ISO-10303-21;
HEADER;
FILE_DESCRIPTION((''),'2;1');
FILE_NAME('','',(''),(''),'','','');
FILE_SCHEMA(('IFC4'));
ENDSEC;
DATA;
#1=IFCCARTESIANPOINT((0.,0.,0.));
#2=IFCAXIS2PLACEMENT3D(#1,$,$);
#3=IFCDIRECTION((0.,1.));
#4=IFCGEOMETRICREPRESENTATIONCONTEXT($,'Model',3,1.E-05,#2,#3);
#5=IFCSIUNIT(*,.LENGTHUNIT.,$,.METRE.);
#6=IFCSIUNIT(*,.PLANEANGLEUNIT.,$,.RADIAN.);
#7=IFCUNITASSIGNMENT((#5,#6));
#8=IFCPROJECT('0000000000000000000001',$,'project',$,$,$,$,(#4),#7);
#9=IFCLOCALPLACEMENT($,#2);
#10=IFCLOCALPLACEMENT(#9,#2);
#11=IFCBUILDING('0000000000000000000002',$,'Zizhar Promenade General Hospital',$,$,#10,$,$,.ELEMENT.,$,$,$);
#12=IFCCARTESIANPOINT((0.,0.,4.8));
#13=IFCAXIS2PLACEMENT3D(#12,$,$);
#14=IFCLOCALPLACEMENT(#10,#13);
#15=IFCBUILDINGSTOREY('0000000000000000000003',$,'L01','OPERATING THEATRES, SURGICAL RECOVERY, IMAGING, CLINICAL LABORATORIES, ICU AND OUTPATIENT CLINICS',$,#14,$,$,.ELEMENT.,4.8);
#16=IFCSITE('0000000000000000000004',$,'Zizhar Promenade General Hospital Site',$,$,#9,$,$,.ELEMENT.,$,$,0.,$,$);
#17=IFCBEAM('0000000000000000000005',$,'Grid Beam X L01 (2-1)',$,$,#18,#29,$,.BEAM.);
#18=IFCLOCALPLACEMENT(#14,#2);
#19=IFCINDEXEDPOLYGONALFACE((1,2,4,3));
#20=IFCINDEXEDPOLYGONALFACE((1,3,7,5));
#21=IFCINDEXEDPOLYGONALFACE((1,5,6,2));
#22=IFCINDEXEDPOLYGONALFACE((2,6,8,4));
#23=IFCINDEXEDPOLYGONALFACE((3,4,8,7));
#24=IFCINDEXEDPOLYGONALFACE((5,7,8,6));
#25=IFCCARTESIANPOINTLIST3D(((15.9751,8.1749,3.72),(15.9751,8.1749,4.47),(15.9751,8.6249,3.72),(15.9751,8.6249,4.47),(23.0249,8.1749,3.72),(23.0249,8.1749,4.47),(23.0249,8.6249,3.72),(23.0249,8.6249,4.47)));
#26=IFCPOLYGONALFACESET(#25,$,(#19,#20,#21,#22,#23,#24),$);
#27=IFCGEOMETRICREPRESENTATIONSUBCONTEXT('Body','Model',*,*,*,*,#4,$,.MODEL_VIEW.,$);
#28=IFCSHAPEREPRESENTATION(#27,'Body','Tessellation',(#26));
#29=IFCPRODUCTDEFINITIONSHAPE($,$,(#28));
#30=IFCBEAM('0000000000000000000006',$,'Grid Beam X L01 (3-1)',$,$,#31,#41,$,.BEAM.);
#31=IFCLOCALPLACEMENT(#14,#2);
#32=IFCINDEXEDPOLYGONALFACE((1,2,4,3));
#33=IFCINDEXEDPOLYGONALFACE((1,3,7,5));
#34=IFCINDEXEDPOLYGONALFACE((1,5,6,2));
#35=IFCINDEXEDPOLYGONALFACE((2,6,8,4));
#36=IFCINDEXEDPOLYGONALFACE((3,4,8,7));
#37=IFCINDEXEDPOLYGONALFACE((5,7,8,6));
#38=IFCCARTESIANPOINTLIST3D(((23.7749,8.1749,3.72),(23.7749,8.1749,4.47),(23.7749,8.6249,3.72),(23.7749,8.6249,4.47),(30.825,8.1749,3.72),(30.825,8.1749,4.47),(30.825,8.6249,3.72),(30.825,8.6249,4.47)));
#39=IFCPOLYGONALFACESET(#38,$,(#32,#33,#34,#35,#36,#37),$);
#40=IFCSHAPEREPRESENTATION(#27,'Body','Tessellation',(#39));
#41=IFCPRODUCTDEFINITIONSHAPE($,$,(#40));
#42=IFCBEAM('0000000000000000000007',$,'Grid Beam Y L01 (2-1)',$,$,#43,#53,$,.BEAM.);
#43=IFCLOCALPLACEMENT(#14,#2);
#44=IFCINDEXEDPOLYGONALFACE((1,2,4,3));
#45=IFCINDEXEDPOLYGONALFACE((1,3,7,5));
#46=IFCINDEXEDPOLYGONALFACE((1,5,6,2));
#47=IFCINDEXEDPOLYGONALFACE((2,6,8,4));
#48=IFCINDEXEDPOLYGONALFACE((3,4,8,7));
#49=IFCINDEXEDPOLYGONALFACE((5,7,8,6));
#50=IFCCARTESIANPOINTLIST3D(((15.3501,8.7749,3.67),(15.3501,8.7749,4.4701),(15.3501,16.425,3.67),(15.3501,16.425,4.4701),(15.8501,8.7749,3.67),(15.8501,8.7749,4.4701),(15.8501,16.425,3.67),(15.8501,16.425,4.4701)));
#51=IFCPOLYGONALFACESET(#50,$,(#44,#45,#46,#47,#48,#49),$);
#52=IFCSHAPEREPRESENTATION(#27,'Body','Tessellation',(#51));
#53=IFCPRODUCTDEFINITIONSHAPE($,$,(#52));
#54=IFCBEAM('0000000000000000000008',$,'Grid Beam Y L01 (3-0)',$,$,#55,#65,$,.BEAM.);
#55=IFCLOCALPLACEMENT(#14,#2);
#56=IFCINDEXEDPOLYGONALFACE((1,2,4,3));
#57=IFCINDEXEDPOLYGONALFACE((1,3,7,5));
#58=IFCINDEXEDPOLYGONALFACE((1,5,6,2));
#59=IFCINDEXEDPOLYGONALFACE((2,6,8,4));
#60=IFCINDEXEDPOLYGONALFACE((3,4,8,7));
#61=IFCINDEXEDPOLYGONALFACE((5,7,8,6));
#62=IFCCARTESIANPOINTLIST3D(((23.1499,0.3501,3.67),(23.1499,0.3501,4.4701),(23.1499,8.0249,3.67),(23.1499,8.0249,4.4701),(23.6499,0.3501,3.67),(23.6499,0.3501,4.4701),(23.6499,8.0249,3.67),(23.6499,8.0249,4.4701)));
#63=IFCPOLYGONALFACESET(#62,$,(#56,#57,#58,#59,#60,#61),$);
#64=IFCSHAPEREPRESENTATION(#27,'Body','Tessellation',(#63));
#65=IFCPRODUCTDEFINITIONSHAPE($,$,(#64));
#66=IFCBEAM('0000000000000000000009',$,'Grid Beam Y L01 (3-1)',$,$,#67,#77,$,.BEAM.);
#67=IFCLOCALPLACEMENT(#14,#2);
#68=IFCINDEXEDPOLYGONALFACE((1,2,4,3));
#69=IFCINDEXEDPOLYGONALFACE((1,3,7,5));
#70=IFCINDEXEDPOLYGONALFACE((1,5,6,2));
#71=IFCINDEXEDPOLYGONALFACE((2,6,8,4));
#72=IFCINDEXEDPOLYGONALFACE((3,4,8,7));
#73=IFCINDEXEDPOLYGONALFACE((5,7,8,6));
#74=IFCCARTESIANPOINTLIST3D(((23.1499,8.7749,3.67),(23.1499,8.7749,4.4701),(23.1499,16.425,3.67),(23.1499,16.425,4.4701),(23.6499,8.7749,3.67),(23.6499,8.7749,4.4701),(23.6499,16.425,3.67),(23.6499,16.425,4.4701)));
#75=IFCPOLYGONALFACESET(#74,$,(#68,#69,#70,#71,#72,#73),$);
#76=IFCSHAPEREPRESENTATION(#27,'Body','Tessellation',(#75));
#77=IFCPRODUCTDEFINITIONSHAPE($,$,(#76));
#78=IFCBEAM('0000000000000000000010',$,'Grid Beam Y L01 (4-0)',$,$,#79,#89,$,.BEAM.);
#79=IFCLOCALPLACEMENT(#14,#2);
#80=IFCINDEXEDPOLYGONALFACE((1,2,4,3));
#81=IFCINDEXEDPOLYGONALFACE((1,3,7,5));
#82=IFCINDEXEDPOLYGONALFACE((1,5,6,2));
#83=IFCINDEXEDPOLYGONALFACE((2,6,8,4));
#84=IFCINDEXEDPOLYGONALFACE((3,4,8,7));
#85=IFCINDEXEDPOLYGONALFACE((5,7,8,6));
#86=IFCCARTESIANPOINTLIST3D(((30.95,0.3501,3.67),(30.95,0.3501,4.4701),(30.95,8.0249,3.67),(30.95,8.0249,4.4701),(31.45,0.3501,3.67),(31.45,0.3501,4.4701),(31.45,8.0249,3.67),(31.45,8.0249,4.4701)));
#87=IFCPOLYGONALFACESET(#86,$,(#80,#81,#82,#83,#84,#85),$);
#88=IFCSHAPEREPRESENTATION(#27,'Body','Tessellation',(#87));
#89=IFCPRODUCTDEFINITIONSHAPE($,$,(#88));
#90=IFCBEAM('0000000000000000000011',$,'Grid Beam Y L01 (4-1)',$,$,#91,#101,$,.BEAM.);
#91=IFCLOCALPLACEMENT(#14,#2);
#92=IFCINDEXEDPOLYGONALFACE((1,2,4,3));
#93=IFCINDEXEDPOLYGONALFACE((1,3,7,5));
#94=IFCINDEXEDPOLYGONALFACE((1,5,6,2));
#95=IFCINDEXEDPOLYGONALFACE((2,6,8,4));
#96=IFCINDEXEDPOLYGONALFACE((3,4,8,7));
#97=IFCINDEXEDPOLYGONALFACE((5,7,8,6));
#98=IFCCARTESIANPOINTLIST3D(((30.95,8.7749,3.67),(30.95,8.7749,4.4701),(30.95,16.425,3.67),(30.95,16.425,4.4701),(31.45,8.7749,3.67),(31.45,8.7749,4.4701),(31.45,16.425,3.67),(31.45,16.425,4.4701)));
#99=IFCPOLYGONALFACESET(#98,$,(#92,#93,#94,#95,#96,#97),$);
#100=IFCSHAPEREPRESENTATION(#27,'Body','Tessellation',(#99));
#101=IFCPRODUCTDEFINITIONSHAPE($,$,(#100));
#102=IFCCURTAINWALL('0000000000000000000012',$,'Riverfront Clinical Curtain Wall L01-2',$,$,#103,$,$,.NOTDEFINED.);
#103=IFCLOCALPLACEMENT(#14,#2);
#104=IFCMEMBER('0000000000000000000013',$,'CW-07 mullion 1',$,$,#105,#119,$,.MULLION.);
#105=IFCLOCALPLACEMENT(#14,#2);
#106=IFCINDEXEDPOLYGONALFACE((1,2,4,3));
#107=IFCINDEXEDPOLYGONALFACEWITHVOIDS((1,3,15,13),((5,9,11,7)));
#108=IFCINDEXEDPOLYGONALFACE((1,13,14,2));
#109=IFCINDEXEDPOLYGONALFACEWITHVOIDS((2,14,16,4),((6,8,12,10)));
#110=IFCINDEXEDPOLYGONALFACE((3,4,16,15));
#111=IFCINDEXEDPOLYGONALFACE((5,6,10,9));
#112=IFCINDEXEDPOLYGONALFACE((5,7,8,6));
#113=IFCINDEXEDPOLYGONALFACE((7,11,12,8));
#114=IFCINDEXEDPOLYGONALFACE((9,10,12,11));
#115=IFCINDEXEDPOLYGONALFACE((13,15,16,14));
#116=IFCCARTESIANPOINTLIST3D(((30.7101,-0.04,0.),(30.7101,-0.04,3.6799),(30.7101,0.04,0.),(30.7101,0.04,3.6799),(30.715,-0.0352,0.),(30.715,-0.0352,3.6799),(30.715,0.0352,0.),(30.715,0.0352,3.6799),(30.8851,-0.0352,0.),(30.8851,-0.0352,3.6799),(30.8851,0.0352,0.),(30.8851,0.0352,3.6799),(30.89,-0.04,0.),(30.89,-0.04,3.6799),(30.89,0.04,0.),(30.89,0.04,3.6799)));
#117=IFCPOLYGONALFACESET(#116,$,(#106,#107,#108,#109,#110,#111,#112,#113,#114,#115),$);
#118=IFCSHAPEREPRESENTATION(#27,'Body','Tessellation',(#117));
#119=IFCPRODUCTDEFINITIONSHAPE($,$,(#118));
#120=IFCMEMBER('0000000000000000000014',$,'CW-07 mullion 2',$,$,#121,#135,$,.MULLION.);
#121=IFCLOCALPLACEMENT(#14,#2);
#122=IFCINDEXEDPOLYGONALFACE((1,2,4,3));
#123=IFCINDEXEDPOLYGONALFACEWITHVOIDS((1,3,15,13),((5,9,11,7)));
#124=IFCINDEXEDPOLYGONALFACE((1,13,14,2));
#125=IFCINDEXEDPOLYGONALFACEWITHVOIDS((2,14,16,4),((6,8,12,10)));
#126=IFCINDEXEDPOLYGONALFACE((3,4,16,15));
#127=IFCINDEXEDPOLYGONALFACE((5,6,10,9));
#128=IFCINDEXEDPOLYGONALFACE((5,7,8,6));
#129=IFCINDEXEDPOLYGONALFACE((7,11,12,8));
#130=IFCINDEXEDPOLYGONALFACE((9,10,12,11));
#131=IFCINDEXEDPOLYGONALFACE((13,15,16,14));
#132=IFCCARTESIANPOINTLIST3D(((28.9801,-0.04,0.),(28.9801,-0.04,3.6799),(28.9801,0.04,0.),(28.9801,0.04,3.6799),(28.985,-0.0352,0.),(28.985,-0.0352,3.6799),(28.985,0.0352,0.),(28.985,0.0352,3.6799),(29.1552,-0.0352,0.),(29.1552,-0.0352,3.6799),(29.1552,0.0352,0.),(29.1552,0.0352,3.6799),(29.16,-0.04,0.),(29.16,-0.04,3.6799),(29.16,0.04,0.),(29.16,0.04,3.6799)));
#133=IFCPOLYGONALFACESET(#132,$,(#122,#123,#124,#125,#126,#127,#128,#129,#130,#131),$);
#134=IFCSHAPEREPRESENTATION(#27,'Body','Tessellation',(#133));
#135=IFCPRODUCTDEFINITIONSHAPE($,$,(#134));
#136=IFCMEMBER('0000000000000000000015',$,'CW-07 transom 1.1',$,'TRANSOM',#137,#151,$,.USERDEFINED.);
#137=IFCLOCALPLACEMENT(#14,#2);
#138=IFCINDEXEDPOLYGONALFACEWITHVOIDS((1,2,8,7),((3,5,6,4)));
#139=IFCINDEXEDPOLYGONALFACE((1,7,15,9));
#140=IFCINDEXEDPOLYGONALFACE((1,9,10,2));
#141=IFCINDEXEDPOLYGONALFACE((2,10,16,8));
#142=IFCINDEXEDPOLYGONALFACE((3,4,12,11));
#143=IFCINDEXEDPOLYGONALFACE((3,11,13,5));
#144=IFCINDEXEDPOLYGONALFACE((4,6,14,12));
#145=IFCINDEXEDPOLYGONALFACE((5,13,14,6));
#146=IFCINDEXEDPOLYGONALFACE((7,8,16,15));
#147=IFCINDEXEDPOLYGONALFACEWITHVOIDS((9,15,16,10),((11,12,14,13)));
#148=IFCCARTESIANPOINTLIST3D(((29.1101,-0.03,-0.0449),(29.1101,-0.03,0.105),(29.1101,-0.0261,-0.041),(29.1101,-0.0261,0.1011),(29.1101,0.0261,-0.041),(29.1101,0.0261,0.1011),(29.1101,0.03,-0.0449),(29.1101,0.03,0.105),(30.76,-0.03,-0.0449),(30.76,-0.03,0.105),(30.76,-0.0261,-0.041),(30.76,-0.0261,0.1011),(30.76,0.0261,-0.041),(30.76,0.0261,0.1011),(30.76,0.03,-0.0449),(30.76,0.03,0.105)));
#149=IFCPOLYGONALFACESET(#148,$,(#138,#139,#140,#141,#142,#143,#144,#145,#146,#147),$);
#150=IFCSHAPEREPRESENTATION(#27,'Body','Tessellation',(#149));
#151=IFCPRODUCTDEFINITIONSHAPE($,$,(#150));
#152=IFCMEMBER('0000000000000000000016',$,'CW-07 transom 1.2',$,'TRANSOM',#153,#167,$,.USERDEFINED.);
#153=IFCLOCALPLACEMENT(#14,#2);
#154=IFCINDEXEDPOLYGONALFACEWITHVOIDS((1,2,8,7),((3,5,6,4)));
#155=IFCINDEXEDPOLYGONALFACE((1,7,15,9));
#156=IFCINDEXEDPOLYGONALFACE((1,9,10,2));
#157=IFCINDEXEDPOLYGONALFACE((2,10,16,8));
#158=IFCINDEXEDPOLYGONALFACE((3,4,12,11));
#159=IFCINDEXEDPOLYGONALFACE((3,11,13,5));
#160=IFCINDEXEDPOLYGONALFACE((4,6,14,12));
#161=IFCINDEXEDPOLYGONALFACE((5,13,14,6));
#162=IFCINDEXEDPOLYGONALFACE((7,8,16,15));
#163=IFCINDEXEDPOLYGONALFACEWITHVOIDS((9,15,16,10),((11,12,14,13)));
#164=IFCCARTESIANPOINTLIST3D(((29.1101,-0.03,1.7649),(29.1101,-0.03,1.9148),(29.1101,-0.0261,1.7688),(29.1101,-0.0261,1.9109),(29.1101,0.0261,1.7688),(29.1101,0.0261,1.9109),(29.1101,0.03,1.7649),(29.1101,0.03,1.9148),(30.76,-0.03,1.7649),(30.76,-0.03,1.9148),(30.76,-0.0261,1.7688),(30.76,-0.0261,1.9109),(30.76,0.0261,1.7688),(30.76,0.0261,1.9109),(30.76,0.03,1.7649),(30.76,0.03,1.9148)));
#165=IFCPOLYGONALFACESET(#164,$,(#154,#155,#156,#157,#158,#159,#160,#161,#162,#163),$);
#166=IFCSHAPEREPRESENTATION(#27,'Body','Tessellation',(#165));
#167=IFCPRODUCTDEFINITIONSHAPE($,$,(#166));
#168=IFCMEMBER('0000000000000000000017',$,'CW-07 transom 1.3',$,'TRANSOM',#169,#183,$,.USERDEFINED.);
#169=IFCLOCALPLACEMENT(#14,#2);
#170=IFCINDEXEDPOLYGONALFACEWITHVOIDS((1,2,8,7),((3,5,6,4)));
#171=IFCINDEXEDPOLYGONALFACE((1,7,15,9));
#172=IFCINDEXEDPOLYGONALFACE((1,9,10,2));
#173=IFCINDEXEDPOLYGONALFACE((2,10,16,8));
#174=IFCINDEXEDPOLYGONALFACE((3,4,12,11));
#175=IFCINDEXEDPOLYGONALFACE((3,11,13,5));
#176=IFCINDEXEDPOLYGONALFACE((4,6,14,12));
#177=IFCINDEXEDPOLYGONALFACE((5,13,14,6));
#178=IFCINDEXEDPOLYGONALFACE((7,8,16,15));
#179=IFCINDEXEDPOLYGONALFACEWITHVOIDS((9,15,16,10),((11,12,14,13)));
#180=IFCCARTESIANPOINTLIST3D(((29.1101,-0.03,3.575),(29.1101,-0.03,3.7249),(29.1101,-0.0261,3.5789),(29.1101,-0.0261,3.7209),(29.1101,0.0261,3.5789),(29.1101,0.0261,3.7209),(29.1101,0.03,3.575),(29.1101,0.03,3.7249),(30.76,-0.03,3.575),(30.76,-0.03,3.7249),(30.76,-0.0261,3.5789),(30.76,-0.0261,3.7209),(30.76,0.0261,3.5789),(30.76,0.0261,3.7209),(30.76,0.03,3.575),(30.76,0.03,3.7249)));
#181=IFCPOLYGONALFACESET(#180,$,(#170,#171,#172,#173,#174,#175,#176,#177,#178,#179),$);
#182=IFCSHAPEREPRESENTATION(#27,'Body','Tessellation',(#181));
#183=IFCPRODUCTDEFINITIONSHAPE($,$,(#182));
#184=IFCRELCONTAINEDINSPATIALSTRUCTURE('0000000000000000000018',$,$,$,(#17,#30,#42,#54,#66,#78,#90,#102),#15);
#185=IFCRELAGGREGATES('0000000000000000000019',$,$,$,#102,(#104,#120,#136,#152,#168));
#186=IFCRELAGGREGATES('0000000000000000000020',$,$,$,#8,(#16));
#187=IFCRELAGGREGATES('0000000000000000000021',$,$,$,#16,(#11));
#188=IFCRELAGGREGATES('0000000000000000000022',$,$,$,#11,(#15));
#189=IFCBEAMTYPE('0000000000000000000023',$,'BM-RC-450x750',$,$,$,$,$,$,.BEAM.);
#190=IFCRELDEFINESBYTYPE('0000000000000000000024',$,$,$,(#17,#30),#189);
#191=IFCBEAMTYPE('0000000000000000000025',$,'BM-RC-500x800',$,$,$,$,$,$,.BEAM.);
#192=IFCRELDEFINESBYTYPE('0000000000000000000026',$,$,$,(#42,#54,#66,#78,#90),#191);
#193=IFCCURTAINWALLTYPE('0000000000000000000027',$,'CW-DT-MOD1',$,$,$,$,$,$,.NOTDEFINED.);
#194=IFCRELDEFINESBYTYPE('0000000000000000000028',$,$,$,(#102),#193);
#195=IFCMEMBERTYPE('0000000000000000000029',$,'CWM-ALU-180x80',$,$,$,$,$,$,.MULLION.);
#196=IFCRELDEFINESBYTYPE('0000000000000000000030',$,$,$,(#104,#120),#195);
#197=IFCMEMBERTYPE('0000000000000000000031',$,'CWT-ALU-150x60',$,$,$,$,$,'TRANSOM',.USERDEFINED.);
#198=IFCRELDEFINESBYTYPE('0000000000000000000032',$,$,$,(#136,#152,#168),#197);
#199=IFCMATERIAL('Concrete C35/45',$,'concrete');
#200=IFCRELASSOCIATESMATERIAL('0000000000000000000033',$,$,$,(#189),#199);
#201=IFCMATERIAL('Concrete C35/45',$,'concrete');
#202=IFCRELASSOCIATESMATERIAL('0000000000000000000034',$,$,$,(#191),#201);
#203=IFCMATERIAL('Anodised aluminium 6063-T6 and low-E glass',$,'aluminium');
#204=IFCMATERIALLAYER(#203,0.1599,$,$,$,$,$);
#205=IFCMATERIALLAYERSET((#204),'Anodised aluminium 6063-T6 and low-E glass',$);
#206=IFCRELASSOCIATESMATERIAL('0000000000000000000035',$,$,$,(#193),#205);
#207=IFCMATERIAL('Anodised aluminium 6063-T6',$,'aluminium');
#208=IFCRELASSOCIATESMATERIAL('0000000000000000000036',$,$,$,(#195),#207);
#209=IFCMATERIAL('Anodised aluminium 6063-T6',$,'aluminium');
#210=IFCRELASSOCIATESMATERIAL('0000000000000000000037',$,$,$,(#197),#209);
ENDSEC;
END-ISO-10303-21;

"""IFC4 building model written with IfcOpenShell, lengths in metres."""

from ifc_helpers import new_model, si_unit, direction, frame, origin, origin_2d, place, context, subcontext, project, spatial, rectangle, hollow_rectangle, extrude, material, layer, layer_set, material_profile, profile_set, type_object, element, aggregate, save


model = new_model("IFC4")

# Units and contexts
model_context = context("Model", 3, precision=1e-05, world=origin(), true_north=direction((0.0, 1.0)))
body_context = subcontext(model_context, "Body", "Model", "MODEL_VIEW")
ifc_project = project(units=[si_unit("LENGTHUNIT", "METRE"), si_unit("PLANEANGLEUNIT", "RADIAN")], contexts=[model_context])

# Site, building, storey
site_placement = place(None, origin())
site = spatial("IfcSite", under=ifc_project, at=site_placement, Name="Zizhar Promenade General Hospital Site", CompositionType="ELEMENT", RefElevation=0.0)
building_placement = place(site_placement, origin())
building = spatial("IfcBuilding", under=site, at=building_placement, Name="Zizhar Promenade General Hospital", CompositionType="ELEMENT")
storey_placement = place(building_placement, frame((0.0, 0.0, 4.8)))
storey = spatial("IfcBuildingStorey", under=building, at=storey_placement, Name="L01", Description="OPERATING THEATRES, SURGICAL RECOVERY, IMAGING, CLINICAL LABORATORIES, ICU AND OUTPATIENT CLINICS", CompositionType="ELEMENT", Elevation=4.8)

# Beams
ifc_material_1 = material(Name="Concrete C35/45", Category="concrete")
ifc_material_profile_1 = material_profile(ifc_material_1, rectangle(XDim=0.45, YDim=0.75, at=origin_2d()))
ifc_profile_set_1 = profile_set([ifc_material_profile_1], Name="Concrete C35/45")
beam_type_1 = type_object("IfcBeamType", Name="BM-RC-450x750", PredefinedType="BEAM", material=ifc_profile_set_1)
beam_1_placement = place(storey_placement, frame((15.9751, 8.3999, 4.095), z_axis=(1.0, 0.0, 0.0), x_axis=(0.0, 1.0, 0.0)))
element("IfcBeam", 1, at=beam_1_placement, inside=storey, type_object=beam_type_1, Name="Grid Beam X L01 (2-1)", PredefinedType="BEAM", context=body_context, shape_type="SweptSolid", body=[
    extrude(rectangle(XDim=0.45, YDim=0.75, at=origin_2d()), origin(), (0.0, 0.0, 1.0), 7.0498),
])
beam_2_placement = place(storey_placement, frame((23.7749, 8.3999, 4.095), z_axis=(1.0, 0.0, 0.0), x_axis=(0.0, 1.0, 0.0)))
element("IfcBeam", 2, at=beam_2_placement, inside=storey, type_object=beam_type_1, Name="Grid Beam X L01 (3-1)", PredefinedType="BEAM", context=body_context, shape_type="SweptSolid", body=[
    extrude(rectangle(XDim=0.45, YDim=0.75, at=origin_2d()), origin(), (0.0, 0.0, 1.0), 7.05),
])
ifc_material_2 = material(Name="Concrete C35/45", Category="concrete")
ifc_material_profile_2 = material_profile(ifc_material_2, rectangle(XDim=0.5, YDim=0.8, at=origin_2d()))
ifc_profile_set_2 = profile_set([ifc_material_profile_2], Name="Concrete C35/45")
beam_type_2 = type_object("IfcBeamType", Name="BM-RC-500x800", PredefinedType="BEAM", material=ifc_profile_set_2)
beam_3_placement = place(storey_placement, frame((15.6001, 8.7749, 4.0701), z_axis=(0.0, 1.0, 0.0), x_axis=(-1.0, 0.0, 0.0)))
element("IfcBeam", 3, at=beam_3_placement, inside=storey, type_object=beam_type_2, Name="Grid Beam Y L01 (2-1)", PredefinedType="BEAM", context=body_context, shape_type="SweptSolid", body=[
    extrude(rectangle(XDim=0.5, YDim=0.8, at=origin_2d()), origin(), (0.0, 0.0, 1.0), 7.6501),
])
beam_4_placement = place(storey_placement, frame((23.3999, 0.3501, 4.0701), z_axis=(0.0, 1.0, 0.0), x_axis=(-1.0, 0.0, 0.0)))
element("IfcBeam", 4, at=beam_4_placement, inside=storey, type_object=beam_type_2, Name="Grid Beam Y L01 (3-0)", PredefinedType="BEAM", context=body_context, shape_type="SweptSolid", body=[
    extrude(rectangle(XDim=0.5, YDim=0.8, at=origin_2d()), origin(), (0.0, 0.0, 1.0), 7.6748),
])
beam_5_placement = place(storey_placement, frame((23.3999, 8.7749, 4.0701), z_axis=(0.0, 1.0, 0.0), x_axis=(-1.0, 0.0, 0.0)))
element("IfcBeam", 5, at=beam_5_placement, inside=storey, type_object=beam_type_2, Name="Grid Beam Y L01 (3-1)", PredefinedType="BEAM", context=body_context, shape_type="SweptSolid", body=[
    extrude(rectangle(XDim=0.5, YDim=0.8, at=origin_2d()), origin(), (0.0, 0.0, 1.0), 7.6501),
])
beam_6_placement = place(storey_placement, frame((31.2, 0.3501, 4.0701), z_axis=(0.0, 1.0, 0.0), x_axis=(-1.0, 0.0, 0.0)))
element("IfcBeam", 6, at=beam_6_placement, inside=storey, type_object=beam_type_2, Name="Grid Beam Y L01 (4-0)", PredefinedType="BEAM", context=body_context, shape_type="SweptSolid", body=[
    extrude(rectangle(XDim=0.5, YDim=0.8, at=origin_2d()), origin(), (0.0, 0.0, 1.0), 7.6748),
])
beam_7_placement = place(storey_placement, frame((31.2, 8.7749, 4.0701), z_axis=(0.0, 1.0, 0.0), x_axis=(-1.0, 0.0, 0.0)))
element("IfcBeam", 7, at=beam_7_placement, inside=storey, type_object=beam_type_2, Name="Grid Beam Y L01 (4-1)", PredefinedType="BEAM", context=body_context, shape_type="SweptSolid", body=[
    extrude(rectangle(XDim=0.5, YDim=0.8, at=origin_2d()), origin(), (0.0, 0.0, 1.0), 7.6501),
])

# Curtain wall, members
ifc_material_3 = material(Name="Anodised aluminium 6063-T6 and low-E glass", Category="aluminium")
ifc_layer_1 = layer(ifc_material_3, 0.1599)
ifc_layer_set_1 = layer_set([ifc_layer_1], Name="Anodised aluminium 6063-T6 and low-E glass")
curtain_wall_type = type_object("IfcCurtainWallType", Name="CW-DT-MOD1", PredefinedType="NOTDEFINED", material=ifc_layer_set_1)
curtain_wall_placement = place(storey_placement, origin())
curtain_wall = element("IfcCurtainWall", 8, at=curtain_wall_placement, inside=storey, type_object=curtain_wall_type, Name="Riverfront Clinical Curtain Wall L01-2", PredefinedType="NOTDEFINED")
ifc_material_4 = material(Name="Anodised aluminium 6063-T6", Category="aluminium")
ifc_material_profile_3 = material_profile(ifc_material_4, hollow_rectangle(XDim=0.0801, YDim=0.1799, WallThickness=0.0049, at=origin_2d()))
ifc_profile_set_3 = profile_set([ifc_material_profile_3], Name="Anodised aluminium 6063-T6")
member_type_1 = type_object("IfcMemberType", Name="CWM-ALU-180x80", PredefinedType="MULLION", material=ifc_profile_set_3)
member_1_placement = place(storey_placement, frame((30.8, 0.0, 0.0), z_axis=(0.0, 0.0, 1.0), x_axis=(0.0, -1.0, 0.0)))
member_1 = element("IfcMember", 9, at=member_1_placement, type_object=member_type_1, Name="CW-07 mullion 1", PredefinedType="MULLION", context=body_context, shape_type="SweptSolid", body=[
    extrude(hollow_rectangle(XDim=0.0801, YDim=0.1799, WallThickness=0.0049, at=origin_2d()), origin(), (0.0, 0.0, 1.0), 3.6799),
])
member_2_placement = place(storey_placement, frame((29.0701, 0.0, 0.0), z_axis=(0.0, 0.0, 1.0), x_axis=(0.0, -1.0, 0.0)))
member_2 = element("IfcMember", 10, at=member_2_placement, type_object=member_type_1, Name="CW-07 mullion 2", PredefinedType="MULLION", context=body_context, shape_type="SweptSolid", body=[
    extrude(hollow_rectangle(XDim=0.0801, YDim=0.1799, WallThickness=0.0049, at=origin_2d()), origin(), (0.0, 0.0, 1.0), 3.6799),
])
ifc_material_5 = material(Name="Anodised aluminium 6063-T6", Category="aluminium")
ifc_material_profile_4 = material_profile(ifc_material_5, hollow_rectangle(XDim=0.0601, YDim=0.1499, WallThickness=0.0039, at=origin_2d()))
ifc_profile_set_4 = profile_set([ifc_material_profile_4], Name="Anodised aluminium 6063-T6")
member_type_2 = type_object("IfcMemberType", Name="CWT-ALU-150x60", ElementType="TRANSOM", PredefinedType="USERDEFINED", material=ifc_profile_set_4)
member_3_placement = place(storey_placement, frame((30.76, 0.0, 0.03), z_axis=(-1.0, 0.0, 0.0), x_axis=(0.0, -1.0, 0.0)))
member_3 = element("IfcMember", 11, at=member_3_placement, type_object=member_type_2, Name="CW-07 transom 1.1", ObjectType="TRANSOM", PredefinedType="USERDEFINED", context=body_context, shape_type="SweptSolid", body=[
    extrude(hollow_rectangle(XDim=0.0601, YDim=0.1499, WallThickness=0.0039, at=origin_2d()), origin(), (0.0, 0.0, 1.0), 1.6499),
])
member_4_placement = place(storey_placement, frame((30.76, 0.0, 1.8398), z_axis=(-1.0, 0.0, 0.0), x_axis=(0.0, -1.0, 0.0)))
member_4 = element("IfcMember", 12, at=member_4_placement, type_object=member_type_2, Name="CW-07 transom 1.2", ObjectType="TRANSOM", PredefinedType="USERDEFINED", context=body_context, shape_type="SweptSolid", body=[
    extrude(hollow_rectangle(XDim=0.0601, YDim=0.1499, WallThickness=0.0039, at=origin_2d()), origin(), (0.0, 0.0, 1.0), 1.6499),
])
member_5_placement = place(storey_placement, frame((30.76, 0.0, 3.6499), z_axis=(-1.0, 0.0, 0.0), x_axis=(0.0, -1.0, 0.0)))
member_5 = element("IfcMember", 13, at=member_5_placement, type_object=member_type_2, Name="CW-07 transom 1.3", ObjectType="TRANSOM", PredefinedType="USERDEFINED", context=body_context, shape_type="SweptSolid", body=[
    extrude(hollow_rectangle(XDim=0.0601, YDim=0.1499, WallThickness=0.0039, at=origin_2d()), origin(), (0.0, 0.0, 1.0), 1.6499),
])
aggregate(curtain_wall, [member_1, member_2, member_3, member_4, member_5])

save(model, "model.ifc")
